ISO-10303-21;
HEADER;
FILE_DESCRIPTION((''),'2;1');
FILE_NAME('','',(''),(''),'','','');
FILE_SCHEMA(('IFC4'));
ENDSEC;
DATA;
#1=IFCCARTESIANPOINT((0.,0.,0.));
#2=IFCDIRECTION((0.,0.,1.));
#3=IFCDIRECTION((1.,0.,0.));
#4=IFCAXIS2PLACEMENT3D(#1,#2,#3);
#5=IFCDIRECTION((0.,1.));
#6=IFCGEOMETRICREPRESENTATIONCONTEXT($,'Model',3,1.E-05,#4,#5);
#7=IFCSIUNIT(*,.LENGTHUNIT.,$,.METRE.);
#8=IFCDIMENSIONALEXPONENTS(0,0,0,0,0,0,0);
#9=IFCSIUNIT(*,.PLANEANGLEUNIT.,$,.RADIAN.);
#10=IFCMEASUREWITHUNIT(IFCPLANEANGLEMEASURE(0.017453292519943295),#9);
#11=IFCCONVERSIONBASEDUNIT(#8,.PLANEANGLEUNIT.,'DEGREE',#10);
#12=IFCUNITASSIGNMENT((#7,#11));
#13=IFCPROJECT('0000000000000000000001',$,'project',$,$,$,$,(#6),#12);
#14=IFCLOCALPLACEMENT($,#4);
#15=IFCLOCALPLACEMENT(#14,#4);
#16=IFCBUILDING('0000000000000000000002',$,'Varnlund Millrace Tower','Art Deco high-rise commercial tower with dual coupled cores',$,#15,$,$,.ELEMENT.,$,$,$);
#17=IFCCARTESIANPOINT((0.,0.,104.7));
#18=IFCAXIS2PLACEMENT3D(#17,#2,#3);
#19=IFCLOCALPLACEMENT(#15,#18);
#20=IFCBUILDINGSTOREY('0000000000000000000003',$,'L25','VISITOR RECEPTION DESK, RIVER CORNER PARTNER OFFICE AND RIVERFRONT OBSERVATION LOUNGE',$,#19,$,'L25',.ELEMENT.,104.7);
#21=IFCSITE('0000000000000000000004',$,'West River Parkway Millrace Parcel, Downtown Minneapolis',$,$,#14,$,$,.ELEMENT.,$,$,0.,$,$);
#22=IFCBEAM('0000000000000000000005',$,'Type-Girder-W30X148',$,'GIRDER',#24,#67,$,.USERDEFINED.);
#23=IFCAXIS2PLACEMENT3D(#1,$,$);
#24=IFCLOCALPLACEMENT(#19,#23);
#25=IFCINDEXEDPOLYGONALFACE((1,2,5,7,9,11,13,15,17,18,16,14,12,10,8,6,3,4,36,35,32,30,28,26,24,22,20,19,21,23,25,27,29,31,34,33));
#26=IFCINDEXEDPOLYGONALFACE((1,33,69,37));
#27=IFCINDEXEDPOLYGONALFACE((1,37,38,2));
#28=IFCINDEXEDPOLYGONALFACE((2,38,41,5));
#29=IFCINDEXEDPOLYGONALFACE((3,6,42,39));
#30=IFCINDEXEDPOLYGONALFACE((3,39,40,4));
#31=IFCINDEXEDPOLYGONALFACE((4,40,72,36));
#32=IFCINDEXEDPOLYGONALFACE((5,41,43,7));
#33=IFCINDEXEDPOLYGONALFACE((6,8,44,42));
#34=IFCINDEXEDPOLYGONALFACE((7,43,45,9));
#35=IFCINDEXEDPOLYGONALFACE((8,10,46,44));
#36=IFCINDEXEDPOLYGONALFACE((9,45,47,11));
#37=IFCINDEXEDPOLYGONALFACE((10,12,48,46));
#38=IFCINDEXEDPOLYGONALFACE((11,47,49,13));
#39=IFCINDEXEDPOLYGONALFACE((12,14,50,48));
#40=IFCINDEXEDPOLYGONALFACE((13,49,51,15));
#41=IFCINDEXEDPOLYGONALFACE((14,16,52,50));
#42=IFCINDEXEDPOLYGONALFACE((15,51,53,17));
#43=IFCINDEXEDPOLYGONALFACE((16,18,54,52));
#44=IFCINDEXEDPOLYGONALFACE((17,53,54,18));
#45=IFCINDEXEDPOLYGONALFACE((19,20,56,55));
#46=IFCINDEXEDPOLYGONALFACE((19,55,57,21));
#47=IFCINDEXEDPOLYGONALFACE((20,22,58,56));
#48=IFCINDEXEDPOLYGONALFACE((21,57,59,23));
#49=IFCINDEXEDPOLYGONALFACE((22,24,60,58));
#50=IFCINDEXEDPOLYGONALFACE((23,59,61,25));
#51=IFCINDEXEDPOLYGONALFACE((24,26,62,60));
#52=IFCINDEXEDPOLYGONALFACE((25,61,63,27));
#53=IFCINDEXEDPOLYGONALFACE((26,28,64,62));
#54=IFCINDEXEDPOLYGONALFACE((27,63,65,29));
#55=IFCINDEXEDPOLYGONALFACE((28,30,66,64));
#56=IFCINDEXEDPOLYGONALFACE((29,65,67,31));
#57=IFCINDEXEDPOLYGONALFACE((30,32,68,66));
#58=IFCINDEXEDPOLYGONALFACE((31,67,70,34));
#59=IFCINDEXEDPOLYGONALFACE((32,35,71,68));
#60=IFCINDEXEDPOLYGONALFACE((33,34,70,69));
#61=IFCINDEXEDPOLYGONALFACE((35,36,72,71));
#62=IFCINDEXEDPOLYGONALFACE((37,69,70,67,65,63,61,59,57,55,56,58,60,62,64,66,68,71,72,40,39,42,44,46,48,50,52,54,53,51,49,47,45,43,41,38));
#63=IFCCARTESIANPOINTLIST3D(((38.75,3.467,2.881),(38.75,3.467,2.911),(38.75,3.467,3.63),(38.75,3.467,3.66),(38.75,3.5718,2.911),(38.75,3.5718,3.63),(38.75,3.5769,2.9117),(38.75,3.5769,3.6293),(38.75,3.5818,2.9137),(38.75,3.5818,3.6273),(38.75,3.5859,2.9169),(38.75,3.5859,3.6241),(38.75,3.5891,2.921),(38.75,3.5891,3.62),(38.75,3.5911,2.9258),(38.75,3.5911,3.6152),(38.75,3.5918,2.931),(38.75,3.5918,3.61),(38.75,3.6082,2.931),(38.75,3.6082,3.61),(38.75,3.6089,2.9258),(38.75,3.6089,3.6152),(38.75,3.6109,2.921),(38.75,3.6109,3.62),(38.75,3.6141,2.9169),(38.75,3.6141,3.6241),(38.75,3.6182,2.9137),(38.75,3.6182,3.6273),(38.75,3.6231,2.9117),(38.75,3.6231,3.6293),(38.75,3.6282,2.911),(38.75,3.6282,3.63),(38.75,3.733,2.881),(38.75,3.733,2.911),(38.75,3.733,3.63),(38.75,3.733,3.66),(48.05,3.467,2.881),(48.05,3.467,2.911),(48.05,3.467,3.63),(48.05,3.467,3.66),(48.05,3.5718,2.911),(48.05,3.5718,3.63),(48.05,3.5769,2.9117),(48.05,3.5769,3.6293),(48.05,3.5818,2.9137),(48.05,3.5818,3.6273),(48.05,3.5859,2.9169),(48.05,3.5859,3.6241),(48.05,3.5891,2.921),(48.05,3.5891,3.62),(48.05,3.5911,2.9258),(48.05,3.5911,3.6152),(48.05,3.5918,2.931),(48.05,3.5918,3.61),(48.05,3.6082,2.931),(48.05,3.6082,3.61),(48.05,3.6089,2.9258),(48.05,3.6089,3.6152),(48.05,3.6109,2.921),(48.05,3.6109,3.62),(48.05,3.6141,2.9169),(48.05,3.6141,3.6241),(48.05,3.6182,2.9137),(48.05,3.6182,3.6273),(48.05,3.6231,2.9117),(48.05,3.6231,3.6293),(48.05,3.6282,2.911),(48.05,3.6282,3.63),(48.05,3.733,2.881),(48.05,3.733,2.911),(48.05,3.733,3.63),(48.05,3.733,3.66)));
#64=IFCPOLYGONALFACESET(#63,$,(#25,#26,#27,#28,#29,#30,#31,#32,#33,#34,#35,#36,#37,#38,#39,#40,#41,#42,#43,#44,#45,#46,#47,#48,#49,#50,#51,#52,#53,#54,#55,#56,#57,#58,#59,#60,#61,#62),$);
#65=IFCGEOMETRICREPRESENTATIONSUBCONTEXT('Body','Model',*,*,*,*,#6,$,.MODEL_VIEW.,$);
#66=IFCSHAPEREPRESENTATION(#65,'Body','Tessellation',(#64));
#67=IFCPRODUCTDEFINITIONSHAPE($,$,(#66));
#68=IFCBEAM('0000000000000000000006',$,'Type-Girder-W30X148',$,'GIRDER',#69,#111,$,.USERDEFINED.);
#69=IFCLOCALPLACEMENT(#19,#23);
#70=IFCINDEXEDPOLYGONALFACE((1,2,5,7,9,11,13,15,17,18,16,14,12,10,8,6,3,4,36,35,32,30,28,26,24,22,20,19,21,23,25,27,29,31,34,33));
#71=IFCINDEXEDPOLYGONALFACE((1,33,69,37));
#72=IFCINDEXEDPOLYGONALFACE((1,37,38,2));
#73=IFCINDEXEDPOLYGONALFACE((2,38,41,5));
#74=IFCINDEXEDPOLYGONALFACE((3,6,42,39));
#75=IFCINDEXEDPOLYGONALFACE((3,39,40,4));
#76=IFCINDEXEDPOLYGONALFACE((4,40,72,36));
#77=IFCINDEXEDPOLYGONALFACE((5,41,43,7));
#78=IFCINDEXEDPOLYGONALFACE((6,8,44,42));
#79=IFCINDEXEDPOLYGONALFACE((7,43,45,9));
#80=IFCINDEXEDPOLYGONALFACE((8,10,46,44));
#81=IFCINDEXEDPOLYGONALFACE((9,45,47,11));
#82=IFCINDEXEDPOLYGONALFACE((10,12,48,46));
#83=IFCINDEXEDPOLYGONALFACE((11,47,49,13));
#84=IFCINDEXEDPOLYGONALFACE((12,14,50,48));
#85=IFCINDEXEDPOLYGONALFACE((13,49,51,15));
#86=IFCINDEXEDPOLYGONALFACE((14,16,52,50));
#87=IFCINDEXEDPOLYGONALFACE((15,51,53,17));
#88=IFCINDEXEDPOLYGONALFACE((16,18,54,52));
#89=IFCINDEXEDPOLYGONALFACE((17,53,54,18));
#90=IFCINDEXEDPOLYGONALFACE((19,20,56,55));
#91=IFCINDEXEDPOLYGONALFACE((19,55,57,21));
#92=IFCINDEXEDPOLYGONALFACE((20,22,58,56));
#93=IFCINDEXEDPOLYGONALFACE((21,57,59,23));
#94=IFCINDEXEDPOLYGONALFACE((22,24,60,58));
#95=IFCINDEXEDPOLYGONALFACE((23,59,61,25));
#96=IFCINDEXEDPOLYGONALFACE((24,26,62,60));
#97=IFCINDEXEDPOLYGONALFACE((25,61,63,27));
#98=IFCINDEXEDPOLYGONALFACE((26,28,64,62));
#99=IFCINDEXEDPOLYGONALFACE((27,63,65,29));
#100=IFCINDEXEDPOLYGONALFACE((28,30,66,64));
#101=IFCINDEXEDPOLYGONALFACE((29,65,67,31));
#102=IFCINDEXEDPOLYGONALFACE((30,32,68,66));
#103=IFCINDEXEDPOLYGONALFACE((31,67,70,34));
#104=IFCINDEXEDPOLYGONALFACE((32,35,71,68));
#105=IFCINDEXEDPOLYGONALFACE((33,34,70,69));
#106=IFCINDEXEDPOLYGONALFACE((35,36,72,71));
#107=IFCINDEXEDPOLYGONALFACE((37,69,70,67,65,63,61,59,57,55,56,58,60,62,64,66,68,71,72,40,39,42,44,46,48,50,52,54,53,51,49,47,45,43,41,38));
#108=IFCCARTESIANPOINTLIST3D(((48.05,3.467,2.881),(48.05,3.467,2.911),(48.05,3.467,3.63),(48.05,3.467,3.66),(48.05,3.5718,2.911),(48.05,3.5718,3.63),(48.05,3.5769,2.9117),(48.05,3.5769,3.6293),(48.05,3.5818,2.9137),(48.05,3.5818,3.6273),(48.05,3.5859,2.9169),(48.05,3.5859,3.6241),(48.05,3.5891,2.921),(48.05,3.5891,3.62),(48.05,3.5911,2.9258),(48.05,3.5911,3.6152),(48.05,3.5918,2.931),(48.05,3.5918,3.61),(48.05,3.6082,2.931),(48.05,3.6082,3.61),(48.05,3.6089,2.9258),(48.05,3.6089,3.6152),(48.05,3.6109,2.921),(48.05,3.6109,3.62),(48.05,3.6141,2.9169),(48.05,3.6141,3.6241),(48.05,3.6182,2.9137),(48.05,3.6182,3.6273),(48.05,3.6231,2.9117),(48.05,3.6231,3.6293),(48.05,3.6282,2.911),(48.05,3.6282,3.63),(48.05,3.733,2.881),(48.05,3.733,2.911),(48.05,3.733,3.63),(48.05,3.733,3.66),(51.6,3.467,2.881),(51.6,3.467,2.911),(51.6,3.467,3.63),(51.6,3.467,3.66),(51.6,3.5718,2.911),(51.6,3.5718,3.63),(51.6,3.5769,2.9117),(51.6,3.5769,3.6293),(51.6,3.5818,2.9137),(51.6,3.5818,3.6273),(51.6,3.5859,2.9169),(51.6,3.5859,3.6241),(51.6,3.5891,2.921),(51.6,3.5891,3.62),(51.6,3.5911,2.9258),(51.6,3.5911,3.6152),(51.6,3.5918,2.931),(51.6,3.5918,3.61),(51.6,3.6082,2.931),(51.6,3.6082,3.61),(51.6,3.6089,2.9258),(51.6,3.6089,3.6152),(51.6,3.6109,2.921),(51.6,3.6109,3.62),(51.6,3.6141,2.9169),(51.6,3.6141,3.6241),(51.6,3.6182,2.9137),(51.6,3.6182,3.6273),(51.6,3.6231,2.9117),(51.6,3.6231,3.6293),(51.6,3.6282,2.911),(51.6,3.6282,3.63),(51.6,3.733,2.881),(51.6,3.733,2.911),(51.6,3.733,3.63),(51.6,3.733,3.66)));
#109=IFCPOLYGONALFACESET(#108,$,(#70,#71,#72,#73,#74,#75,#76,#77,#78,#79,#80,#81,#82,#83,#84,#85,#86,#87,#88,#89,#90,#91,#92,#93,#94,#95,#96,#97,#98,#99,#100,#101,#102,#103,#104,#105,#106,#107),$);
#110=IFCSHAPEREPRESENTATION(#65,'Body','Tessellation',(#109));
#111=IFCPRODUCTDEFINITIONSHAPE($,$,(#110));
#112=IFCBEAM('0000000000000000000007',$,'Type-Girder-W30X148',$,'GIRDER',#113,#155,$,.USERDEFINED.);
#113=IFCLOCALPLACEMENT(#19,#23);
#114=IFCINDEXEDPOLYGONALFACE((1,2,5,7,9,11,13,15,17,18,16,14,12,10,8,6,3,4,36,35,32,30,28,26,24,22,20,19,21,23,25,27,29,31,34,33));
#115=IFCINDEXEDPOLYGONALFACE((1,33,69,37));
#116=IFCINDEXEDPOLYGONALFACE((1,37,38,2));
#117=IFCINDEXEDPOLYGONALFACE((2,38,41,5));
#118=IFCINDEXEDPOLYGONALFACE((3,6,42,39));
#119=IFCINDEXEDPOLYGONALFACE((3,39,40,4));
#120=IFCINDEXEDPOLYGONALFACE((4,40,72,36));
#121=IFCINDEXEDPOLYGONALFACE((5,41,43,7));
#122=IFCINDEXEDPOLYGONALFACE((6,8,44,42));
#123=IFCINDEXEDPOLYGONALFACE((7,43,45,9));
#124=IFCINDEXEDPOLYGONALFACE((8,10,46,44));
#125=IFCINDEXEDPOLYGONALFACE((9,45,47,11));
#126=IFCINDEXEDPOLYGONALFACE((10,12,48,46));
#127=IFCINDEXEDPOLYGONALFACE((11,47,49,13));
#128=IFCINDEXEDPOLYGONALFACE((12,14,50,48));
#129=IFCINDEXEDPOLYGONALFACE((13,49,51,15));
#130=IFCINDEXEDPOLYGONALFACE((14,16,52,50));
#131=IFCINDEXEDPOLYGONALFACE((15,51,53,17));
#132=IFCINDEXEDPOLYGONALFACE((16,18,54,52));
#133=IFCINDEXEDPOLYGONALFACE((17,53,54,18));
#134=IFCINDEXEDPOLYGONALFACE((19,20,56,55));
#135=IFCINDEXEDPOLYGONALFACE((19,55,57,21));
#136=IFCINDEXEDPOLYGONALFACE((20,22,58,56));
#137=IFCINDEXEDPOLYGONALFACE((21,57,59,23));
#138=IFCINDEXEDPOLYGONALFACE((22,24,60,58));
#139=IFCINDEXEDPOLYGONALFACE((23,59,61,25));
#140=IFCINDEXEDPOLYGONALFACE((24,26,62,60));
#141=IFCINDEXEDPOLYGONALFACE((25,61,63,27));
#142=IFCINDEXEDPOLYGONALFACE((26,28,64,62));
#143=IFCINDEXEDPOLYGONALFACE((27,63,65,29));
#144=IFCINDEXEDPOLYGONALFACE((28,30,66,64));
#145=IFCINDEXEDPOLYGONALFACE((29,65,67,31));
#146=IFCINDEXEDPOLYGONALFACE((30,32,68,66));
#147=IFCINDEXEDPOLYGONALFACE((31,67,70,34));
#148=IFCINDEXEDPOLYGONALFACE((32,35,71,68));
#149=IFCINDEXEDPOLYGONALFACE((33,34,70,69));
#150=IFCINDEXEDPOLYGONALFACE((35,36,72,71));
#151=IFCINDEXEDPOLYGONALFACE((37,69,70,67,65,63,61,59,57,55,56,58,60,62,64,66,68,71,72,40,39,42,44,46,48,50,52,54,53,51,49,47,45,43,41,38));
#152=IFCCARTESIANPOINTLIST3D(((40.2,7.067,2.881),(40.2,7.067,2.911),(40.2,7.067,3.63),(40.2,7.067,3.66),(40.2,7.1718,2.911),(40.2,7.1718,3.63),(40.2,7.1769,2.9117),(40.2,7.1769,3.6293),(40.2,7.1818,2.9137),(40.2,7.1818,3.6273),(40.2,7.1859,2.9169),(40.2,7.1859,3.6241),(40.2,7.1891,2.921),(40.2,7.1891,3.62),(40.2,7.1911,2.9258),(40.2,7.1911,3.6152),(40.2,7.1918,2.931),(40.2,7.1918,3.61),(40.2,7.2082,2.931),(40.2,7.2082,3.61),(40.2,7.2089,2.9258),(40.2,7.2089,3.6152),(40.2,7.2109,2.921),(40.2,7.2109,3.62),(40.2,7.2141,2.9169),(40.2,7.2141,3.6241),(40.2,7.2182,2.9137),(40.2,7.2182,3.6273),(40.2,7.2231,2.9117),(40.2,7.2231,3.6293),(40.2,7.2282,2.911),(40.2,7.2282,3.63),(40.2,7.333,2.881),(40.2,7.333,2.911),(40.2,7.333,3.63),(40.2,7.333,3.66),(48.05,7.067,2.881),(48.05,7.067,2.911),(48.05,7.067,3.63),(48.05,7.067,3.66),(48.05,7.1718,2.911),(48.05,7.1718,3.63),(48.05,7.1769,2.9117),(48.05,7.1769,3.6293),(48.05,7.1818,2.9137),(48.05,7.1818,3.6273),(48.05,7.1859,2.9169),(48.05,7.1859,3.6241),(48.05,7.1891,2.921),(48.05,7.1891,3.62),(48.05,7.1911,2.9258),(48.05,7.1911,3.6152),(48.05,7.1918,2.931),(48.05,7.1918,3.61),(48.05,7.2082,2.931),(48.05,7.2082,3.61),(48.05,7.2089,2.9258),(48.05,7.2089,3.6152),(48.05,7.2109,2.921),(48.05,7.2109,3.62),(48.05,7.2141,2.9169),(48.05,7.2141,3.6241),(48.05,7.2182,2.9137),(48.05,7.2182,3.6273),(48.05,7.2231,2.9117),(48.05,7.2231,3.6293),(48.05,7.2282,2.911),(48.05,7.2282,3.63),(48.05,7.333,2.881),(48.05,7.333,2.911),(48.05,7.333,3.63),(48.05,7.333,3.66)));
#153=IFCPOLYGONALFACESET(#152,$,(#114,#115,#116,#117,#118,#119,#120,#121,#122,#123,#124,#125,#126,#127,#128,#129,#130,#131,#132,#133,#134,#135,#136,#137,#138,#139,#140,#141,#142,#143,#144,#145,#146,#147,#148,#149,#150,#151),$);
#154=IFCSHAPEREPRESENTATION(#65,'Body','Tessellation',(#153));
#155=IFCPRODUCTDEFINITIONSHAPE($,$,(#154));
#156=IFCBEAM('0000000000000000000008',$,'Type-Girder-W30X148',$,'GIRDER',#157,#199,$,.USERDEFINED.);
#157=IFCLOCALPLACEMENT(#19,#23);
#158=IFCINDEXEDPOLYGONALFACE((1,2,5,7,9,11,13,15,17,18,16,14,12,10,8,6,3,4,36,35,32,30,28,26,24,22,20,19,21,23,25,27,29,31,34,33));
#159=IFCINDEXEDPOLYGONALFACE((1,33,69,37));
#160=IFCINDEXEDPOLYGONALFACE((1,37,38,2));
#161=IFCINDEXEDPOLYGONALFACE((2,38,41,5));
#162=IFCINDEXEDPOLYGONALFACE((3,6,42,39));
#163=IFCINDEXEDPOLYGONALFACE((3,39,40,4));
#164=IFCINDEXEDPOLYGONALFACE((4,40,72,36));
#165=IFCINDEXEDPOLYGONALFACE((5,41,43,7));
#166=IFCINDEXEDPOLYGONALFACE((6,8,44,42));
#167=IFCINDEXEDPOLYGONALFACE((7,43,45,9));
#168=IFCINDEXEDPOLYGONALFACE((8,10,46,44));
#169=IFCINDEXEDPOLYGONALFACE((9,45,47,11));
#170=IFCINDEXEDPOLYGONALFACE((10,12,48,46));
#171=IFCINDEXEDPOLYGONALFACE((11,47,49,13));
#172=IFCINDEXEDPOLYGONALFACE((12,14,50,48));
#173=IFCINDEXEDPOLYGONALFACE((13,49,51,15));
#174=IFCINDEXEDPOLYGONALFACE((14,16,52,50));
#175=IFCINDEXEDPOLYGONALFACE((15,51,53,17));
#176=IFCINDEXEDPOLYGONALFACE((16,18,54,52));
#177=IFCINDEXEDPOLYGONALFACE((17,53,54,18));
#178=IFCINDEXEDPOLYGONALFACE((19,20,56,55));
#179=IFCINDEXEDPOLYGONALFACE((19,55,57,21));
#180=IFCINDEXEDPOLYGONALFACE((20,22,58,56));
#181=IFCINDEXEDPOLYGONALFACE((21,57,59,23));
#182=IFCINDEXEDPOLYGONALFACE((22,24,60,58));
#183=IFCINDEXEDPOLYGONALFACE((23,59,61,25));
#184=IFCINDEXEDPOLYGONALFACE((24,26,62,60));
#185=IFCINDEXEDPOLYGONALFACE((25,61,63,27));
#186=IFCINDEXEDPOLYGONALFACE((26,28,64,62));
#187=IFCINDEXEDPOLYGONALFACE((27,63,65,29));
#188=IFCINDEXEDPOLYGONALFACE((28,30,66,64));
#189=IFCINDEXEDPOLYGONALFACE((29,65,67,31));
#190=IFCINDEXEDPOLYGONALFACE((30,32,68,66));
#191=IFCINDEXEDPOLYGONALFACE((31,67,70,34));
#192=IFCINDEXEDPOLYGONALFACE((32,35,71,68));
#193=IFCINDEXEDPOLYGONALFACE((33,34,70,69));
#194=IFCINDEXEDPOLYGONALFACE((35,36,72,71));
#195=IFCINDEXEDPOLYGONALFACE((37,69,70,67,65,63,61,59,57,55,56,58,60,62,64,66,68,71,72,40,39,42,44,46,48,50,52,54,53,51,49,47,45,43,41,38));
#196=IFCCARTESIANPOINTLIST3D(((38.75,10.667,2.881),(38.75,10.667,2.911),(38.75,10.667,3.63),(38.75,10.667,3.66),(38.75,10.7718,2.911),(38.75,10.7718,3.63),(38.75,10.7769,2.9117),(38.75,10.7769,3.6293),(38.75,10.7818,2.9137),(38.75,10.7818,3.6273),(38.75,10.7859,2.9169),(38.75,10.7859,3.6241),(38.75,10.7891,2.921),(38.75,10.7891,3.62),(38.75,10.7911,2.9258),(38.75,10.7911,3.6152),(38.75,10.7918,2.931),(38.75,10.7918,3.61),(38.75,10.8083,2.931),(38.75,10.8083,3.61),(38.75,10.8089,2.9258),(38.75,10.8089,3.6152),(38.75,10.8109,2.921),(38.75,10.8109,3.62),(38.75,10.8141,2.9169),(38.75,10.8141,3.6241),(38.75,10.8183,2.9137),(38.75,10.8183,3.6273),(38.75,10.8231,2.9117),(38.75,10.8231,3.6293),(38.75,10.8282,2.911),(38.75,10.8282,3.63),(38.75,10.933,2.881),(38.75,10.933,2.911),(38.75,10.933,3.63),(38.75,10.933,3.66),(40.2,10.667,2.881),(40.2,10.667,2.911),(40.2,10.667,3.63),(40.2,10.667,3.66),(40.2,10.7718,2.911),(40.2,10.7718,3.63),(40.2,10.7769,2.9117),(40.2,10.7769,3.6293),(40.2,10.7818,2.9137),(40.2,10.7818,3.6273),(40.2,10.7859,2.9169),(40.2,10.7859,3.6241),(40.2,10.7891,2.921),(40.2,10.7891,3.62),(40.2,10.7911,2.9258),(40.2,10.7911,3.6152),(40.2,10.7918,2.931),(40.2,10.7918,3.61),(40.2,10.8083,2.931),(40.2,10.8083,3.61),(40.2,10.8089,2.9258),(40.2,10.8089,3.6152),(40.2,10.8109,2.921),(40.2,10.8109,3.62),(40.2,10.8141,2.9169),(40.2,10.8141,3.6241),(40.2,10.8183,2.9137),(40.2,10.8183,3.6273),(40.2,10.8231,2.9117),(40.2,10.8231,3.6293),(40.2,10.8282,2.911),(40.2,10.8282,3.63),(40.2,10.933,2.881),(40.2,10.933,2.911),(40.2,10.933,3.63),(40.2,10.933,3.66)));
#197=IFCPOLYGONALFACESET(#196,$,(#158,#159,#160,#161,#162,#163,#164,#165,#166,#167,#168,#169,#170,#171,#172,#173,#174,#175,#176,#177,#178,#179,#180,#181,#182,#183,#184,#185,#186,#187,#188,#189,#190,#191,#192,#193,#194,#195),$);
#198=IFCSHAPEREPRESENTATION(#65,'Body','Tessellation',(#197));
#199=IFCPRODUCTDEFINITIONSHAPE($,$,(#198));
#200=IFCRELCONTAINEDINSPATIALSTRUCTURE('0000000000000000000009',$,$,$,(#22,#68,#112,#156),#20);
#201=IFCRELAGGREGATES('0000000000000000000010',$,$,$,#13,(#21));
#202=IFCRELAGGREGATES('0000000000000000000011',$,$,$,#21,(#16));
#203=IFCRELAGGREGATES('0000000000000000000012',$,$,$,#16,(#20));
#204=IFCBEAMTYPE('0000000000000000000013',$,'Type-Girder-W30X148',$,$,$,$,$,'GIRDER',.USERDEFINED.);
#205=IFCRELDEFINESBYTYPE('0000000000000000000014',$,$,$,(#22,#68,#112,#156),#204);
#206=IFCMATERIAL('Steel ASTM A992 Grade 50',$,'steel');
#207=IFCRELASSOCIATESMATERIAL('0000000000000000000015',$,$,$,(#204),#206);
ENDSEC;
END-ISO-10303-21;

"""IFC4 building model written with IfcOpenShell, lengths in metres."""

from ifc_helpers import new_model, entity, si_unit, converted_unit, direction, frame, origin_with_axes, origin_2d_with_axis, place, context, subcontext, project, spatial, i_section, extrude, material, material_profile, profile_set, type_object, element, save


model = new_model("IFC4")

# Units and contexts
model_context = context("Model", 3, precision=1e-05, world=origin_with_axes(), true_north=direction((0.0, 1.0)))
body_context = subcontext(model_context, "Body", "Model", "MODEL_VIEW")
ifc_project = project(units=[si_unit("LENGTHUNIT", "METRE"), converted_unit("PLANEANGLEUNIT", "DEGREE", entity("IfcPlaneAngleMeasure", 0.017453292519943295), si_unit("PLANEANGLEUNIT", "RADIAN"), dimensions=[0, 0, 0, 0, 0, 0, 0])], contexts=[model_context])

# Site, building, storey
site_placement = place(None, origin_with_axes())
site = spatial("IfcSite", under=ifc_project, at=site_placement, Name="West River Parkway Millrace Parcel, Downtown Minneapolis", CompositionType="ELEMENT", RefElevation=0.0)
building_placement = place(site_placement, origin_with_axes())
building = spatial("IfcBuilding", under=site, at=building_placement, Name="Varnlund Millrace Tower", Description="Art Deco high-rise commercial tower with dual coupled cores", CompositionType="ELEMENT")
storey_placement = place(building_placement, frame((0.0, 0.0, 104.7), z_axis=(0.0, 0.0, 1.0), x_axis=(1.0, 0.0, 0.0)))
storey = spatial("IfcBuildingStorey", under=building, at=storey_placement, Name="L25", Description="VISITOR RECEPTION DESK, RIVER CORNER PARTNER OFFICE AND RIVERFRONT OBSERVATION LOUNGE", LongName="L25", CompositionType="ELEMENT", Elevation=104.7)

# Beams
ifc_material_1 = material(Name="Steel ASTM A992 Grade 50", Category="steel")
ifc_material_profile_1 = material_profile(ifc_material_1, i_section(OverallWidth=0.266, OverallDepth=0.779, WebThickness=0.0165, FlangeThickness=0.03, FilletRadius=0.02, at=origin_2d_with_axis()), Name="Steel ASTM A992 Grade 50")
ifc_profile_set_1 = profile_set([ifc_material_profile_1], Name="Steel ASTM A992 Grade 50")
beam_type_1 = type_object("IfcBeamType", Name="Type-Girder-W30X148", ElementType="GIRDER", PredefinedType="USERDEFINED", material=ifc_profile_set_1)
beam_1_placement = place(storey_placement, frame((38.75, 3.6, 3.2705), z_axis=(1.0, 0.0, 0.0), x_axis=(0.0, 1.0, 0.0)))
element("IfcBeam", 1, at=beam_1_placement, inside=storey, type_object=beam_type_1, Name="Type-Girder-W30X148", ObjectType="GIRDER", PredefinedType="USERDEFINED", context=body_context, shape_type="SweptSolid", body=[
    extrude(i_section(OverallWidth=0.266, OverallDepth=0.779, WebThickness=0.0165, FlangeThickness=0.03, FilletRadius=0.02, at=origin_2d_with_axis()), origin_with_axes(), (0.0, 0.0, 1.0), 9.3),
])
beam_2_placement = place(storey_placement, frame((48.05, 3.6, 3.2705), z_axis=(1.0, 0.0, 0.0), x_axis=(0.0, 1.0, 0.0)))
element("IfcBeam", 2, at=beam_2_placement, inside=storey, type_object=beam_type_1, Name="Type-Girder-W30X148", ObjectType="GIRDER", PredefinedType="USERDEFINED", context=body_context, shape_type="SweptSolid", body=[
    extrude(i_section(OverallWidth=0.266, OverallDepth=0.779, WebThickness=0.0165, FlangeThickness=0.03, FilletRadius=0.02, at=origin_2d_with_axis()), origin_with_axes(), (0.0, 0.0, 1.0), 3.55),
])
beam_3_placement = place(storey_placement, frame((40.2, 7.2, 3.2705), z_axis=(1.0, 0.0, 0.0), x_axis=(0.0, 1.0, 0.0)))
element("IfcBeam", 3, at=beam_3_placement, inside=storey, type_object=beam_type_1, Name="Type-Girder-W30X148", ObjectType="GIRDER", PredefinedType="USERDEFINED", context=body_context, shape_type="SweptSolid", body=[
    extrude(i_section(OverallWidth=0.266, OverallDepth=0.779, WebThickness=0.0165, FlangeThickness=0.03, FilletRadius=0.02, at=origin_2d_with_axis()), origin_with_axes(), (0.0, 0.0, 1.0), 7.85),
])
for number, where, z_axis, x_axis, name in (
    (4, (38.75, 10.8, 3.2705), (1.0, 0.0, 0.0), (0.0, 1.0, 0.0), "Type-Girder-W30X148"),
):
    element("IfcBeam", number, at=place(storey_placement, frame(where, z_axis=z_axis, x_axis=x_axis)), inside=storey, type_object=beam_type_1, Name=name, ObjectType="GIRDER", PredefinedType="USERDEFINED", context=body_context, shape_type="SweptSolid", body=[
        extrude(i_section(OverallWidth=0.266, OverallDepth=0.779, WebThickness=0.0165, FlangeThickness=0.03, FilletRadius=0.02, at=origin_2d_with_axis()), origin_with_axes(), (0.0, 0.0, 1.0), 1.45),
    ])

save(model, "model.ifc")
